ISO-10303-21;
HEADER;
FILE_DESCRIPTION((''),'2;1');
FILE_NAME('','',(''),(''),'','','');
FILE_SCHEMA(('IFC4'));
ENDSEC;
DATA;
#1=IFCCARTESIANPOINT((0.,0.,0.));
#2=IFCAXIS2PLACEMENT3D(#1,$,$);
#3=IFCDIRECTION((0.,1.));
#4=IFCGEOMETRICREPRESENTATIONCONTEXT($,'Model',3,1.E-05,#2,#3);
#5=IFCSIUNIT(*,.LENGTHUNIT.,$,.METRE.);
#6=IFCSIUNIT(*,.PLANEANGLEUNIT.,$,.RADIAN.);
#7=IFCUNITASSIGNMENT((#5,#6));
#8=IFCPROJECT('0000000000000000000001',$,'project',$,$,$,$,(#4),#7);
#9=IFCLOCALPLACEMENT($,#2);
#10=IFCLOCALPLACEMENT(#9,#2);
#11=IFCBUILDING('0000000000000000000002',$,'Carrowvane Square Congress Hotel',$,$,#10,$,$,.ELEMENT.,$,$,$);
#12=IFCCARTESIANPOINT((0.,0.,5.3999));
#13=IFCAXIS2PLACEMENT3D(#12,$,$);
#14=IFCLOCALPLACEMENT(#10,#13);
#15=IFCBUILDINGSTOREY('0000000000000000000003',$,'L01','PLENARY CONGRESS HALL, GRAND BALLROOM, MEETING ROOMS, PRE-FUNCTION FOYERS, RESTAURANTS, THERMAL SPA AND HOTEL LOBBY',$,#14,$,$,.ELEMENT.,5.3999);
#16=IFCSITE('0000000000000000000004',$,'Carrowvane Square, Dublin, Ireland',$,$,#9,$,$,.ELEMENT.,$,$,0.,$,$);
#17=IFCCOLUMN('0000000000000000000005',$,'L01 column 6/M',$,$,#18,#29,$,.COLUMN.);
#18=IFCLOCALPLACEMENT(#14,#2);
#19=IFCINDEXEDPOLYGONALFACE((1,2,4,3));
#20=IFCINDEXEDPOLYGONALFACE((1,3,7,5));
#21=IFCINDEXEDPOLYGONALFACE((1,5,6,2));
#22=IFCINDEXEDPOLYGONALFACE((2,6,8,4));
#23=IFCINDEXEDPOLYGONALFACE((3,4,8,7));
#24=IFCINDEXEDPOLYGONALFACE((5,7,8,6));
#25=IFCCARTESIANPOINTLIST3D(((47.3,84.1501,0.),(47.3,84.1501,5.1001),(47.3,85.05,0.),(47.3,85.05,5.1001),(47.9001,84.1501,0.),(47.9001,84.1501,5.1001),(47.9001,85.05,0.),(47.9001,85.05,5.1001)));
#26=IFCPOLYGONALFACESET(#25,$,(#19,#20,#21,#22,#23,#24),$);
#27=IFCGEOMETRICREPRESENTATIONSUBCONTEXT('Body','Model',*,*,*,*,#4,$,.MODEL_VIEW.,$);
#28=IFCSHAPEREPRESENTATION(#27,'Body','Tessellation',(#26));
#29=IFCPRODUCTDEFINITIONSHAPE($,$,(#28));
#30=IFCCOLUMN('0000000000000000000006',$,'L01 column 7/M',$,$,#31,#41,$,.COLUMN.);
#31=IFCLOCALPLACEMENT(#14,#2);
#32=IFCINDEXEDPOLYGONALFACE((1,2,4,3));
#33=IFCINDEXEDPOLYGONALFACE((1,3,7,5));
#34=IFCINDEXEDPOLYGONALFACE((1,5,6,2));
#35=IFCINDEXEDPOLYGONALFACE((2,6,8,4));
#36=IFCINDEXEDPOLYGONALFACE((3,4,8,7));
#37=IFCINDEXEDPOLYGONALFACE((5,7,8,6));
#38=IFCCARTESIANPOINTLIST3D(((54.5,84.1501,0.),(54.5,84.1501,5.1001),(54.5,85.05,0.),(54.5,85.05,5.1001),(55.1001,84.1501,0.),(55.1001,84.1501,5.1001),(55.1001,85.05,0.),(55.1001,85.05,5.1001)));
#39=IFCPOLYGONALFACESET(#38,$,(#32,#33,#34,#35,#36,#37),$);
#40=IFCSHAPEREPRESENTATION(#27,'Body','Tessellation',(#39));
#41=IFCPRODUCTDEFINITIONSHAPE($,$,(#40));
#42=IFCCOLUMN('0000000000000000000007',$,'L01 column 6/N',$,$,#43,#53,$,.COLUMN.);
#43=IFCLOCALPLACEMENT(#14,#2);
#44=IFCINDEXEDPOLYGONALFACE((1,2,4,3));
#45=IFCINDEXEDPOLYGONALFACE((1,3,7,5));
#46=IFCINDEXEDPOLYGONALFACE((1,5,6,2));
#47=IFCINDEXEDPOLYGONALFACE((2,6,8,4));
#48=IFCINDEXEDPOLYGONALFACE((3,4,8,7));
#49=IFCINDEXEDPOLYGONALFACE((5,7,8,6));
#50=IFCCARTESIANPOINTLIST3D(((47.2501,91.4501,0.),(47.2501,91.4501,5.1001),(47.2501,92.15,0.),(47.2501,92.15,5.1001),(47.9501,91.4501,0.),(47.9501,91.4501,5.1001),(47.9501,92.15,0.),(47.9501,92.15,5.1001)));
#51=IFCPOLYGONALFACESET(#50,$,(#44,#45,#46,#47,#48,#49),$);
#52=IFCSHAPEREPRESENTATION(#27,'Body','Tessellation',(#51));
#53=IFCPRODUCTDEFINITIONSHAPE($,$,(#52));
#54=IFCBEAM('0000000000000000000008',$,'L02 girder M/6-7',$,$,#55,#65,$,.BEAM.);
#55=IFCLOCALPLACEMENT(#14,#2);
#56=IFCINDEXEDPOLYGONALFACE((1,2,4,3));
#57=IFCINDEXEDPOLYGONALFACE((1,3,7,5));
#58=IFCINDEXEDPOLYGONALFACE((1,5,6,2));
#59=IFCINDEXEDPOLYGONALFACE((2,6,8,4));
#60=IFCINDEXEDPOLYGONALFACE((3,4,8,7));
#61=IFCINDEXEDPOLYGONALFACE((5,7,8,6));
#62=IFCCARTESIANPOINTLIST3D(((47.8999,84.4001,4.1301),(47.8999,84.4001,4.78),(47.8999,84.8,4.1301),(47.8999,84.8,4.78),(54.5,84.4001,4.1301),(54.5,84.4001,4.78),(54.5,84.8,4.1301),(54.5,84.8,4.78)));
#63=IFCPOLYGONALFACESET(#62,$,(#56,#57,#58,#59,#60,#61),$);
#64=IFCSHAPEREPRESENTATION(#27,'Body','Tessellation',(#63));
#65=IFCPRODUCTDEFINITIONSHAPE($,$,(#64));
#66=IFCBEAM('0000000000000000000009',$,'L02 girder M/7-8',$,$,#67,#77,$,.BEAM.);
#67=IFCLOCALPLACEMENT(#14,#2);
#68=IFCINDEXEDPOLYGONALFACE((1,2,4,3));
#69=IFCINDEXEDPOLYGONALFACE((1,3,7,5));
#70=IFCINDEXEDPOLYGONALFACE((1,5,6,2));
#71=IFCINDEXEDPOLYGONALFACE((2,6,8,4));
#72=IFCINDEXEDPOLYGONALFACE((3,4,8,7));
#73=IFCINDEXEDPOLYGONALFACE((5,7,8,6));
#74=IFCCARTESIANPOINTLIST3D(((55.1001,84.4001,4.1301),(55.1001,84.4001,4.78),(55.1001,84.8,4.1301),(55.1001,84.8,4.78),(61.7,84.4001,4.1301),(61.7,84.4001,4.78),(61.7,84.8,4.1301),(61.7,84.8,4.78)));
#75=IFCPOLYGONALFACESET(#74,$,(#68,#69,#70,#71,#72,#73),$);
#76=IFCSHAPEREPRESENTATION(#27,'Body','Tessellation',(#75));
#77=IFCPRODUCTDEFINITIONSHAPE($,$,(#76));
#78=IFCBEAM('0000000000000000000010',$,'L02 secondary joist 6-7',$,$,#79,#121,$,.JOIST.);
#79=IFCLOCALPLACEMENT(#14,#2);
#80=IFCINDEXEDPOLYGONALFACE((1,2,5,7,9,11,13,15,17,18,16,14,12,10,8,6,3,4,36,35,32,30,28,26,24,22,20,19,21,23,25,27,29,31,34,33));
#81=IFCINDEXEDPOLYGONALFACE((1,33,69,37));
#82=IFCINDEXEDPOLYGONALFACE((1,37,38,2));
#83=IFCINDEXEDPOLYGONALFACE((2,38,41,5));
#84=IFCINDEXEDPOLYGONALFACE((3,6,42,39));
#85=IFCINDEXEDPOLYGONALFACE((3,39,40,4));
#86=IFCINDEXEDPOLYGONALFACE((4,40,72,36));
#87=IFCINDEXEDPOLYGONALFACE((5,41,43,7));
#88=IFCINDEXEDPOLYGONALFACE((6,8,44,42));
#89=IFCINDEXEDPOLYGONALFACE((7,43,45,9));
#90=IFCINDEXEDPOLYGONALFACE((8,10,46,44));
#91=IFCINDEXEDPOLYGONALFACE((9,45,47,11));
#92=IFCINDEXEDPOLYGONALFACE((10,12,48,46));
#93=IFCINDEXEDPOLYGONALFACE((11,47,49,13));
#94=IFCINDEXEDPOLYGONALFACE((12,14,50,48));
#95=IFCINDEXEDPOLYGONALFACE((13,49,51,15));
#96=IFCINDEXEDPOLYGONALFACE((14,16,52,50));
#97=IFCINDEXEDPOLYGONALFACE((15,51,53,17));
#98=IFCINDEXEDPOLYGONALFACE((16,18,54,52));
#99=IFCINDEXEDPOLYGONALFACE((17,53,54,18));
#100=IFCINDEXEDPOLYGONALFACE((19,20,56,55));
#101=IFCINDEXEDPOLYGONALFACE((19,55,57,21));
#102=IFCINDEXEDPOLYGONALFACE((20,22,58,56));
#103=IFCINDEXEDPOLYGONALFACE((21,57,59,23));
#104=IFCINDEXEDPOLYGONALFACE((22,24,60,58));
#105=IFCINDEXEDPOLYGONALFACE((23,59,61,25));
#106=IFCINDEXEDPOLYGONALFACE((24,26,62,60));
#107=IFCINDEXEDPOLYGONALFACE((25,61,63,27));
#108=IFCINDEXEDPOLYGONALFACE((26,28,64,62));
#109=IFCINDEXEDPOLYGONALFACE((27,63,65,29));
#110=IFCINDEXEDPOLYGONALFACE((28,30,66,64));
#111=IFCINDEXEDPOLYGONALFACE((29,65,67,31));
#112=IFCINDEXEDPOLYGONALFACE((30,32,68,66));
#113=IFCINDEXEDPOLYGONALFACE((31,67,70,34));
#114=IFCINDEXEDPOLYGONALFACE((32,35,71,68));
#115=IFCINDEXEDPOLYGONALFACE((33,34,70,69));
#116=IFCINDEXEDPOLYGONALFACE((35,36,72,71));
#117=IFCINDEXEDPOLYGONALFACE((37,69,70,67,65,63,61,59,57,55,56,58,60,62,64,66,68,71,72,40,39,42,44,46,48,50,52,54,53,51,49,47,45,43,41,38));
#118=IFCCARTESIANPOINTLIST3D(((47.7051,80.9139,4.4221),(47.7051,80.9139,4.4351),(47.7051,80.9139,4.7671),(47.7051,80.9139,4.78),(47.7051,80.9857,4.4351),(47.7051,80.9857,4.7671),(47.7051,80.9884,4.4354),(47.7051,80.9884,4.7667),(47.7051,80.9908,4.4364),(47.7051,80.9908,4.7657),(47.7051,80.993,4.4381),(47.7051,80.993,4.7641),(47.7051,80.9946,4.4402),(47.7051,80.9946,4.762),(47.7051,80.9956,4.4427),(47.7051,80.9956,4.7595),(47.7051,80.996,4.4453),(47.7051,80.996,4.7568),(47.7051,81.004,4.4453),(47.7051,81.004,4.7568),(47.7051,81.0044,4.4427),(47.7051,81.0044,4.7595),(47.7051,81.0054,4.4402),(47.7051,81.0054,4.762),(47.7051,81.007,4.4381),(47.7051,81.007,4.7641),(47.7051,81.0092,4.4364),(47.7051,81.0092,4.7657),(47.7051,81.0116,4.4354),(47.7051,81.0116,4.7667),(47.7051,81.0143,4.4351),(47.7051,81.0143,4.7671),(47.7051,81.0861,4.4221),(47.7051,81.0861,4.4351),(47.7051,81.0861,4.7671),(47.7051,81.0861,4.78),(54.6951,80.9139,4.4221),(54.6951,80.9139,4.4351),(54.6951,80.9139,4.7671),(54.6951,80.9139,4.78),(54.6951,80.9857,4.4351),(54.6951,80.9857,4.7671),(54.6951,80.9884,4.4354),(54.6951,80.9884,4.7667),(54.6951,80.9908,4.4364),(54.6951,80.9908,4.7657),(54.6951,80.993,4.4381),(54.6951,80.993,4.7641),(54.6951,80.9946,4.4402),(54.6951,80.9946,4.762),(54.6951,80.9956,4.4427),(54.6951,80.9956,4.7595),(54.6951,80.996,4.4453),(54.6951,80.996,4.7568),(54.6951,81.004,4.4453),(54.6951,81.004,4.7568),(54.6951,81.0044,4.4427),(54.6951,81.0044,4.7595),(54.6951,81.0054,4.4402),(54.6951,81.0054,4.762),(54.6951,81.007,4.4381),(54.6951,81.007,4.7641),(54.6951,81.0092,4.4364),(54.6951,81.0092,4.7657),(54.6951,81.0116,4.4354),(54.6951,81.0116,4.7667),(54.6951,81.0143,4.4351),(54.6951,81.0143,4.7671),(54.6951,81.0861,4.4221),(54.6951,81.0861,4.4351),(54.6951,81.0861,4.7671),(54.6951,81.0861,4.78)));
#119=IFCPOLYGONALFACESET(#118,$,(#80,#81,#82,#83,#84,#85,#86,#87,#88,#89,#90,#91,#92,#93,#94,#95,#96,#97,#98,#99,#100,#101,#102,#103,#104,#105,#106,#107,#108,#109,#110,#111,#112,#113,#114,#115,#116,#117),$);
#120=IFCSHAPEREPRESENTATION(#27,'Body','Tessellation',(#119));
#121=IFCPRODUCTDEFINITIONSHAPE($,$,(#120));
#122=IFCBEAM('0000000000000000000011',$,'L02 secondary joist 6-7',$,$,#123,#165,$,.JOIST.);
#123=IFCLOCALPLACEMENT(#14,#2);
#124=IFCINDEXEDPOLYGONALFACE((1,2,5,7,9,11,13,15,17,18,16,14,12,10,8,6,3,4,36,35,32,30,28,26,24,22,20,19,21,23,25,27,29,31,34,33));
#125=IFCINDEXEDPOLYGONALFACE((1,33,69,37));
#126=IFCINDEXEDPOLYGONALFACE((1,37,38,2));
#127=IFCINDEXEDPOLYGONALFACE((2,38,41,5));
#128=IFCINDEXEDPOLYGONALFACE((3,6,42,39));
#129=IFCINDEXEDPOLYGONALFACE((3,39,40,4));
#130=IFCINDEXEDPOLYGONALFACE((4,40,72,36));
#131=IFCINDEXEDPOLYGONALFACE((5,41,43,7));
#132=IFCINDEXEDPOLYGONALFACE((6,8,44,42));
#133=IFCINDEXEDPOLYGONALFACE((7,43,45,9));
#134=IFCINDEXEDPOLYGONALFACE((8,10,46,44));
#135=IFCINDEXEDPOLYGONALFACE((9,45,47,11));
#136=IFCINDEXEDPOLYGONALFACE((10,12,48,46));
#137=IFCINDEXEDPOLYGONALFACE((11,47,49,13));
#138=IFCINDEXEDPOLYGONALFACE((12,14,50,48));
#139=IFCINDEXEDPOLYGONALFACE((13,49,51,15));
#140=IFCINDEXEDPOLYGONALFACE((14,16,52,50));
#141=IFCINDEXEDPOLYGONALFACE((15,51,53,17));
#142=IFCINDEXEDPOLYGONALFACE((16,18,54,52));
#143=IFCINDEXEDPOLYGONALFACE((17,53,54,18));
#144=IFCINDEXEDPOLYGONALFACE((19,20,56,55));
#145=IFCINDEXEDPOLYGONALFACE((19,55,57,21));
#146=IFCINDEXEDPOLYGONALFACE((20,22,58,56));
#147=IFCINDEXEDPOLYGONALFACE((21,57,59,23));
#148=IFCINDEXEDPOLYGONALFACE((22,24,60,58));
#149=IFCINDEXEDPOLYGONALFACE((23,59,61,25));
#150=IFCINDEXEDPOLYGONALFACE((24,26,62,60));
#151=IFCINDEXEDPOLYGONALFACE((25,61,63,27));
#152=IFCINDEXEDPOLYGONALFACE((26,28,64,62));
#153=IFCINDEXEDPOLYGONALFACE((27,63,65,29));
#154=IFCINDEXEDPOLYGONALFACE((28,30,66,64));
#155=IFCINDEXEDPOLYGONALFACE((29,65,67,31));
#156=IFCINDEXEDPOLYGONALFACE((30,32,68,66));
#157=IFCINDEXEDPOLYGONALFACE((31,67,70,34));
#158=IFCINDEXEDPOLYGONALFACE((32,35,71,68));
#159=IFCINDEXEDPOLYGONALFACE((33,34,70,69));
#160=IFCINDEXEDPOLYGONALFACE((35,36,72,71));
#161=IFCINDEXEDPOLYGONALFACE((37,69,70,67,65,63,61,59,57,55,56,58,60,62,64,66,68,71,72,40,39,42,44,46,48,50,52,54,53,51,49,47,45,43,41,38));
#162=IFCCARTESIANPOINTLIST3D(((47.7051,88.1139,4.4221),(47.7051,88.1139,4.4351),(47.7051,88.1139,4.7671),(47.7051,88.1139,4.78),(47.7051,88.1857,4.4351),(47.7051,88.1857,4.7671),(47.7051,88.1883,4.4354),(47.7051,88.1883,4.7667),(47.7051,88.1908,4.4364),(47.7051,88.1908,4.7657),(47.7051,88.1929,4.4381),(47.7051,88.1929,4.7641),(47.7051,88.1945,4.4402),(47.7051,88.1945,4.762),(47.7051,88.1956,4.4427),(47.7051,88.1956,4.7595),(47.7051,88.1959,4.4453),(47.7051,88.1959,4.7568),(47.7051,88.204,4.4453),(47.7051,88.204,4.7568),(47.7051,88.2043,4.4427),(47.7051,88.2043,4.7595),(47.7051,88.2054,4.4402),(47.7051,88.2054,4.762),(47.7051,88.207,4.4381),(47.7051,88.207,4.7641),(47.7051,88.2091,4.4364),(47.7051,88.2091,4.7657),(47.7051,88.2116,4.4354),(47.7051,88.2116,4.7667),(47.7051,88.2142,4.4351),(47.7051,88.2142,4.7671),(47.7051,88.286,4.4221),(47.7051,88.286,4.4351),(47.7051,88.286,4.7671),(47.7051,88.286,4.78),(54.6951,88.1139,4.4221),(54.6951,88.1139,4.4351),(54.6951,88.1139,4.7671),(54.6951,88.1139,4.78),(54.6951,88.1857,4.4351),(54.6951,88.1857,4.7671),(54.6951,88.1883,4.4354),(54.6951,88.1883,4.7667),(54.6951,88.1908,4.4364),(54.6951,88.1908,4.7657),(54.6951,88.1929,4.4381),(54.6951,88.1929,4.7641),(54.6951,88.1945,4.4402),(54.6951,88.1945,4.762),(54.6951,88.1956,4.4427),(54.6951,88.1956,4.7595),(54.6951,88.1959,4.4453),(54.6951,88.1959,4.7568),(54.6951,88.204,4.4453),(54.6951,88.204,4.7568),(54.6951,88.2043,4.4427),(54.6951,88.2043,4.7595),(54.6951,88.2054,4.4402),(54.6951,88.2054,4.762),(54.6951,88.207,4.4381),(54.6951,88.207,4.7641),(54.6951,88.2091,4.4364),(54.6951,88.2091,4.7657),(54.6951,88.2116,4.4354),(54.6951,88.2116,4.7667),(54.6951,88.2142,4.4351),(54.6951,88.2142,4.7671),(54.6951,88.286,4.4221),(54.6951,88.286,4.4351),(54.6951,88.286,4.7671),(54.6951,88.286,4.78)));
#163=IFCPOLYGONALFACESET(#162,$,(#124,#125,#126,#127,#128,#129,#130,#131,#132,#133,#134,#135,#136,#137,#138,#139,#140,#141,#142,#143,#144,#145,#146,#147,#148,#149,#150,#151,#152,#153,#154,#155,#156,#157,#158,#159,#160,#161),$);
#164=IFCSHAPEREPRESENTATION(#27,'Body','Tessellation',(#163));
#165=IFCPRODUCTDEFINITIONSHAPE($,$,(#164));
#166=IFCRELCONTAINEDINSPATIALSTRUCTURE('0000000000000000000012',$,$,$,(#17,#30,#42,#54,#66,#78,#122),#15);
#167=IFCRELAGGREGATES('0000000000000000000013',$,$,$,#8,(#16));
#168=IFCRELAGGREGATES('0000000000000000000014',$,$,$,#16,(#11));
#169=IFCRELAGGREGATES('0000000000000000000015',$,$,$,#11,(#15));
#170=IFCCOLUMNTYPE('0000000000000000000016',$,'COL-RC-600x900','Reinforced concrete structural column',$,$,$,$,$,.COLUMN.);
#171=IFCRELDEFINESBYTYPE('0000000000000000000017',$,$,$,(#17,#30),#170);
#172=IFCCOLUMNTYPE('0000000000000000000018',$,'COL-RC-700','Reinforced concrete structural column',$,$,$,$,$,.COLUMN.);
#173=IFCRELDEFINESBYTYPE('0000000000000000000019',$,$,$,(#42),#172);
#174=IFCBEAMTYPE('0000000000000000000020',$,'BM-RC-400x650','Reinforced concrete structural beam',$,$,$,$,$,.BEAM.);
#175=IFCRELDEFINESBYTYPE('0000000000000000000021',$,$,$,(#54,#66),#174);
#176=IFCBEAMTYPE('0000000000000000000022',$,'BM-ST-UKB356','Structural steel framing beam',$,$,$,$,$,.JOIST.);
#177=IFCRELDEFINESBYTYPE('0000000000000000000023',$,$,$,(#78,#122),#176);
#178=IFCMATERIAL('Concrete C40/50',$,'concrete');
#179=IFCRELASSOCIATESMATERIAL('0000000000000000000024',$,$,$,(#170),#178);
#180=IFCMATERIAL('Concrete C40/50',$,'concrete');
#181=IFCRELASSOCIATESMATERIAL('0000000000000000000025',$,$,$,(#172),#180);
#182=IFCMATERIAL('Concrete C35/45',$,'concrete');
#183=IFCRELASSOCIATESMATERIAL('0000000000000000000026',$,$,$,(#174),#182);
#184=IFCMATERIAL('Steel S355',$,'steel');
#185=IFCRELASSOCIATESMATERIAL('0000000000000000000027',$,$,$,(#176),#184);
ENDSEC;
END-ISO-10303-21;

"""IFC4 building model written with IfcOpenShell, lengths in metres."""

from ifc_helpers import new_model, si_unit, direction, frame, origin, origin_2d, place, context, subcontext, project, spatial, rectangle, i_section, extrude, material, material_profile, profile_set, type_object, element, save


model = new_model("IFC4")

# Units and contexts
model_context = context("Model", 3, precision=1e-05, world=origin(), true_north=direction((0.0, 1.0)))
body_context = subcontext(model_context, "Body", "Model", "MODEL_VIEW")
ifc_project = project(units=[si_unit("LENGTHUNIT", "METRE"), si_unit("PLANEANGLEUNIT", "RADIAN")], contexts=[model_context])

# Site, building, storey
site_placement = place(None, origin())
site = spatial("IfcSite", under=ifc_project, at=site_placement, Name="Carrowvane Square, Dublin, Ireland", CompositionType="ELEMENT", RefElevation=0.0)
building_placement = place(site_placement, origin())
building = spatial("IfcBuilding", under=site, at=building_placement, Name="Carrowvane Square Congress Hotel", CompositionType="ELEMENT")
storey_placement = place(building_placement, frame((0.0, 0.0, 5.3999)))
storey = spatial("IfcBuildingStorey", under=building, at=storey_placement, Name="L01", Description="PLENARY CONGRESS HALL, GRAND BALLROOM, MEETING ROOMS, PRE-FUNCTION FOYERS, RESTAURANTS, THERMAL SPA AND HOTEL LOBBY", CompositionType="ELEMENT", Elevation=5.3999)

# Columns
ifc_material_1 = material(Name="Concrete C40/50", Category="concrete")
ifc_material_profile_1 = material_profile(ifc_material_1, rectangle(XDim=0.6001, YDim=0.8999, at=origin_2d()), Name="RC 600x900")
ifc_profile_set_1 = profile_set([ifc_material_profile_1], Name="Concrete C40/50")
column_type_1 = type_object("IfcColumnType", Name="COL-RC-600x900", Description="Reinforced concrete structural column", PredefinedType="COLUMN", material=ifc_profile_set_1)
for number, where, z_axis, x_axis, name in (
    (1, (47.6001, 84.6001, 0.0), (0.0, 0.0, 1.0), (1.0, 0.0, 0.0), "L01 column 6/M"),
    (2, (54.8, 84.6001, 0.0), (0.0, 0.0, 1.0), (1.0, 0.0, 0.0), "L01 column 7/M"),
):
    element("IfcColumn", number, at=place(storey_placement, frame(where, z_axis=z_axis, x_axis=x_axis)), inside=storey, type_object=column_type_1, Name=name, PredefinedType="COLUMN", context=body_context, shape_type="SweptSolid", body=[
        extrude(rectangle(XDim=0.6001, YDim=0.8999, at=origin_2d()), origin(), (0.0, 0.0, 1.0), 5.1001),
    ])
ifc_material_2 = material(Name="Concrete C40/50", Category="concrete")
ifc_material_profile_2 = material_profile(ifc_material_2, rectangle(XDim=0.7, YDim=0.7, at=origin_2d()), Name="RC 700x700")
ifc_profile_set_2 = profile_set([ifc_material_profile_2], Name="Concrete C40/50")
column_type_2 = type_object("IfcColumnType", Name="COL-RC-700", Description="Reinforced concrete structural column", PredefinedType="COLUMN", material=ifc_profile_set_2)
column_placement = place(storey_placement, frame((47.6001, 91.8, 0.0), z_axis=(0.0, 0.0, 1.0), x_axis=(1.0, 0.0, 0.0)))
element("IfcColumn", 3, at=column_placement, inside=storey, type_object=column_type_2, Name="L01 column 6/N", PredefinedType="COLUMN", context=body_context, shape_type="SweptSolid", body=[
    extrude(rectangle(XDim=0.7, YDim=0.7, at=origin_2d()), origin(), (0.0, 0.0, 1.0), 5.1001),
])

# Beams
ifc_material_3 = material(Name="Concrete C35/45", Category="concrete")
ifc_material_profile_3 = material_profile(ifc_material_3, rectangle(XDim=0.3999, YDim=0.6499, at=origin_2d()), Name="RC 400x650")
ifc_profile_set_3 = profile_set([ifc_material_profile_3], Name="Concrete C35/45")
beam_type_1 = type_object("IfcBeamType", Name="BM-RC-400x650", Description="Reinforced concrete structural beam", PredefinedType="BEAM", material=ifc_profile_set_3)
beam_1_placement = place(storey_placement, frame((47.8999, 84.6001, 4.4551), z_axis=(1.0, 0.0, 0.0), x_axis=(0.0, 1.0, 0.0)))
element("IfcBeam", 4, at=beam_1_placement, inside=storey, type_object=beam_type_1, Name="L02 girder M/6-7", PredefinedType="BEAM", context=body_context, shape_type="SweptSolid", body=[
    extrude(rectangle(XDim=0.3999, YDim=0.6499, at=origin_2d()), origin(), (0.0, 0.0, 1.0), 6.6001),
])
beam_2_placement = place(storey_placement, frame((55.1001, 84.6001, 4.4551), z_axis=(1.0, 0.0, 0.0), x_axis=(0.0, 1.0, 0.0)))
element("IfcBeam", 5, at=beam_2_placement, inside=storey, type_object=beam_type_1, Name="L02 girder M/7-8", PredefinedType="BEAM", context=body_context, shape_type="SweptSolid", body=[
    extrude(rectangle(XDim=0.3999, YDim=0.6499, at=origin_2d()), origin(), (0.0, 0.0, 1.0), 6.5999),
])
ifc_material_4 = material(Name="Steel S355", Category="steel")
ifc_material_profile_4 = material_profile(ifc_material_4, i_section(OverallWidth=0.1721, OverallDepth=0.3579, WebThickness=0.0081, FlangeThickness=0.0129, FilletRadius=0.0103, at=origin_2d()), Name="UKB 356x171x57")
ifc_profile_set_4 = profile_set([ifc_material_profile_4], Name="Steel S355")
beam_type_2 = type_object("IfcBeamType", Name="BM-ST-UKB356", Description="Structural steel framing beam", PredefinedType="JOIST", material=ifc_profile_set_4)
for number, where, z_axis, x_axis, name in (
    (6, (47.7051, 81.0, 4.6011), (1.0, 0.0, 0.0), (0.0, 1.0, 0.0), "L02 secondary joist 6-7"),
    (7, (47.7051, 88.2, 4.6011), (1.0, 0.0, 0.0), (0.0, 1.0, 0.0), "L02 secondary joist 6-7"),
):
    element("IfcBeam", number, at=place(storey_placement, frame(where, z_axis=z_axis, x_axis=x_axis)), inside=storey, type_object=beam_type_2, Name=name, PredefinedType="JOIST", context=body_context, shape_type="SweptSolid", body=[
        extrude(i_section(OverallWidth=0.1721, OverallDepth=0.3579, WebThickness=0.0081, FlangeThickness=0.0129, FilletRadius=0.0103, at=origin_2d()), origin(), (0.0, 0.0, 1.0), 6.99),
    ])

save(model, "model.ifc")
